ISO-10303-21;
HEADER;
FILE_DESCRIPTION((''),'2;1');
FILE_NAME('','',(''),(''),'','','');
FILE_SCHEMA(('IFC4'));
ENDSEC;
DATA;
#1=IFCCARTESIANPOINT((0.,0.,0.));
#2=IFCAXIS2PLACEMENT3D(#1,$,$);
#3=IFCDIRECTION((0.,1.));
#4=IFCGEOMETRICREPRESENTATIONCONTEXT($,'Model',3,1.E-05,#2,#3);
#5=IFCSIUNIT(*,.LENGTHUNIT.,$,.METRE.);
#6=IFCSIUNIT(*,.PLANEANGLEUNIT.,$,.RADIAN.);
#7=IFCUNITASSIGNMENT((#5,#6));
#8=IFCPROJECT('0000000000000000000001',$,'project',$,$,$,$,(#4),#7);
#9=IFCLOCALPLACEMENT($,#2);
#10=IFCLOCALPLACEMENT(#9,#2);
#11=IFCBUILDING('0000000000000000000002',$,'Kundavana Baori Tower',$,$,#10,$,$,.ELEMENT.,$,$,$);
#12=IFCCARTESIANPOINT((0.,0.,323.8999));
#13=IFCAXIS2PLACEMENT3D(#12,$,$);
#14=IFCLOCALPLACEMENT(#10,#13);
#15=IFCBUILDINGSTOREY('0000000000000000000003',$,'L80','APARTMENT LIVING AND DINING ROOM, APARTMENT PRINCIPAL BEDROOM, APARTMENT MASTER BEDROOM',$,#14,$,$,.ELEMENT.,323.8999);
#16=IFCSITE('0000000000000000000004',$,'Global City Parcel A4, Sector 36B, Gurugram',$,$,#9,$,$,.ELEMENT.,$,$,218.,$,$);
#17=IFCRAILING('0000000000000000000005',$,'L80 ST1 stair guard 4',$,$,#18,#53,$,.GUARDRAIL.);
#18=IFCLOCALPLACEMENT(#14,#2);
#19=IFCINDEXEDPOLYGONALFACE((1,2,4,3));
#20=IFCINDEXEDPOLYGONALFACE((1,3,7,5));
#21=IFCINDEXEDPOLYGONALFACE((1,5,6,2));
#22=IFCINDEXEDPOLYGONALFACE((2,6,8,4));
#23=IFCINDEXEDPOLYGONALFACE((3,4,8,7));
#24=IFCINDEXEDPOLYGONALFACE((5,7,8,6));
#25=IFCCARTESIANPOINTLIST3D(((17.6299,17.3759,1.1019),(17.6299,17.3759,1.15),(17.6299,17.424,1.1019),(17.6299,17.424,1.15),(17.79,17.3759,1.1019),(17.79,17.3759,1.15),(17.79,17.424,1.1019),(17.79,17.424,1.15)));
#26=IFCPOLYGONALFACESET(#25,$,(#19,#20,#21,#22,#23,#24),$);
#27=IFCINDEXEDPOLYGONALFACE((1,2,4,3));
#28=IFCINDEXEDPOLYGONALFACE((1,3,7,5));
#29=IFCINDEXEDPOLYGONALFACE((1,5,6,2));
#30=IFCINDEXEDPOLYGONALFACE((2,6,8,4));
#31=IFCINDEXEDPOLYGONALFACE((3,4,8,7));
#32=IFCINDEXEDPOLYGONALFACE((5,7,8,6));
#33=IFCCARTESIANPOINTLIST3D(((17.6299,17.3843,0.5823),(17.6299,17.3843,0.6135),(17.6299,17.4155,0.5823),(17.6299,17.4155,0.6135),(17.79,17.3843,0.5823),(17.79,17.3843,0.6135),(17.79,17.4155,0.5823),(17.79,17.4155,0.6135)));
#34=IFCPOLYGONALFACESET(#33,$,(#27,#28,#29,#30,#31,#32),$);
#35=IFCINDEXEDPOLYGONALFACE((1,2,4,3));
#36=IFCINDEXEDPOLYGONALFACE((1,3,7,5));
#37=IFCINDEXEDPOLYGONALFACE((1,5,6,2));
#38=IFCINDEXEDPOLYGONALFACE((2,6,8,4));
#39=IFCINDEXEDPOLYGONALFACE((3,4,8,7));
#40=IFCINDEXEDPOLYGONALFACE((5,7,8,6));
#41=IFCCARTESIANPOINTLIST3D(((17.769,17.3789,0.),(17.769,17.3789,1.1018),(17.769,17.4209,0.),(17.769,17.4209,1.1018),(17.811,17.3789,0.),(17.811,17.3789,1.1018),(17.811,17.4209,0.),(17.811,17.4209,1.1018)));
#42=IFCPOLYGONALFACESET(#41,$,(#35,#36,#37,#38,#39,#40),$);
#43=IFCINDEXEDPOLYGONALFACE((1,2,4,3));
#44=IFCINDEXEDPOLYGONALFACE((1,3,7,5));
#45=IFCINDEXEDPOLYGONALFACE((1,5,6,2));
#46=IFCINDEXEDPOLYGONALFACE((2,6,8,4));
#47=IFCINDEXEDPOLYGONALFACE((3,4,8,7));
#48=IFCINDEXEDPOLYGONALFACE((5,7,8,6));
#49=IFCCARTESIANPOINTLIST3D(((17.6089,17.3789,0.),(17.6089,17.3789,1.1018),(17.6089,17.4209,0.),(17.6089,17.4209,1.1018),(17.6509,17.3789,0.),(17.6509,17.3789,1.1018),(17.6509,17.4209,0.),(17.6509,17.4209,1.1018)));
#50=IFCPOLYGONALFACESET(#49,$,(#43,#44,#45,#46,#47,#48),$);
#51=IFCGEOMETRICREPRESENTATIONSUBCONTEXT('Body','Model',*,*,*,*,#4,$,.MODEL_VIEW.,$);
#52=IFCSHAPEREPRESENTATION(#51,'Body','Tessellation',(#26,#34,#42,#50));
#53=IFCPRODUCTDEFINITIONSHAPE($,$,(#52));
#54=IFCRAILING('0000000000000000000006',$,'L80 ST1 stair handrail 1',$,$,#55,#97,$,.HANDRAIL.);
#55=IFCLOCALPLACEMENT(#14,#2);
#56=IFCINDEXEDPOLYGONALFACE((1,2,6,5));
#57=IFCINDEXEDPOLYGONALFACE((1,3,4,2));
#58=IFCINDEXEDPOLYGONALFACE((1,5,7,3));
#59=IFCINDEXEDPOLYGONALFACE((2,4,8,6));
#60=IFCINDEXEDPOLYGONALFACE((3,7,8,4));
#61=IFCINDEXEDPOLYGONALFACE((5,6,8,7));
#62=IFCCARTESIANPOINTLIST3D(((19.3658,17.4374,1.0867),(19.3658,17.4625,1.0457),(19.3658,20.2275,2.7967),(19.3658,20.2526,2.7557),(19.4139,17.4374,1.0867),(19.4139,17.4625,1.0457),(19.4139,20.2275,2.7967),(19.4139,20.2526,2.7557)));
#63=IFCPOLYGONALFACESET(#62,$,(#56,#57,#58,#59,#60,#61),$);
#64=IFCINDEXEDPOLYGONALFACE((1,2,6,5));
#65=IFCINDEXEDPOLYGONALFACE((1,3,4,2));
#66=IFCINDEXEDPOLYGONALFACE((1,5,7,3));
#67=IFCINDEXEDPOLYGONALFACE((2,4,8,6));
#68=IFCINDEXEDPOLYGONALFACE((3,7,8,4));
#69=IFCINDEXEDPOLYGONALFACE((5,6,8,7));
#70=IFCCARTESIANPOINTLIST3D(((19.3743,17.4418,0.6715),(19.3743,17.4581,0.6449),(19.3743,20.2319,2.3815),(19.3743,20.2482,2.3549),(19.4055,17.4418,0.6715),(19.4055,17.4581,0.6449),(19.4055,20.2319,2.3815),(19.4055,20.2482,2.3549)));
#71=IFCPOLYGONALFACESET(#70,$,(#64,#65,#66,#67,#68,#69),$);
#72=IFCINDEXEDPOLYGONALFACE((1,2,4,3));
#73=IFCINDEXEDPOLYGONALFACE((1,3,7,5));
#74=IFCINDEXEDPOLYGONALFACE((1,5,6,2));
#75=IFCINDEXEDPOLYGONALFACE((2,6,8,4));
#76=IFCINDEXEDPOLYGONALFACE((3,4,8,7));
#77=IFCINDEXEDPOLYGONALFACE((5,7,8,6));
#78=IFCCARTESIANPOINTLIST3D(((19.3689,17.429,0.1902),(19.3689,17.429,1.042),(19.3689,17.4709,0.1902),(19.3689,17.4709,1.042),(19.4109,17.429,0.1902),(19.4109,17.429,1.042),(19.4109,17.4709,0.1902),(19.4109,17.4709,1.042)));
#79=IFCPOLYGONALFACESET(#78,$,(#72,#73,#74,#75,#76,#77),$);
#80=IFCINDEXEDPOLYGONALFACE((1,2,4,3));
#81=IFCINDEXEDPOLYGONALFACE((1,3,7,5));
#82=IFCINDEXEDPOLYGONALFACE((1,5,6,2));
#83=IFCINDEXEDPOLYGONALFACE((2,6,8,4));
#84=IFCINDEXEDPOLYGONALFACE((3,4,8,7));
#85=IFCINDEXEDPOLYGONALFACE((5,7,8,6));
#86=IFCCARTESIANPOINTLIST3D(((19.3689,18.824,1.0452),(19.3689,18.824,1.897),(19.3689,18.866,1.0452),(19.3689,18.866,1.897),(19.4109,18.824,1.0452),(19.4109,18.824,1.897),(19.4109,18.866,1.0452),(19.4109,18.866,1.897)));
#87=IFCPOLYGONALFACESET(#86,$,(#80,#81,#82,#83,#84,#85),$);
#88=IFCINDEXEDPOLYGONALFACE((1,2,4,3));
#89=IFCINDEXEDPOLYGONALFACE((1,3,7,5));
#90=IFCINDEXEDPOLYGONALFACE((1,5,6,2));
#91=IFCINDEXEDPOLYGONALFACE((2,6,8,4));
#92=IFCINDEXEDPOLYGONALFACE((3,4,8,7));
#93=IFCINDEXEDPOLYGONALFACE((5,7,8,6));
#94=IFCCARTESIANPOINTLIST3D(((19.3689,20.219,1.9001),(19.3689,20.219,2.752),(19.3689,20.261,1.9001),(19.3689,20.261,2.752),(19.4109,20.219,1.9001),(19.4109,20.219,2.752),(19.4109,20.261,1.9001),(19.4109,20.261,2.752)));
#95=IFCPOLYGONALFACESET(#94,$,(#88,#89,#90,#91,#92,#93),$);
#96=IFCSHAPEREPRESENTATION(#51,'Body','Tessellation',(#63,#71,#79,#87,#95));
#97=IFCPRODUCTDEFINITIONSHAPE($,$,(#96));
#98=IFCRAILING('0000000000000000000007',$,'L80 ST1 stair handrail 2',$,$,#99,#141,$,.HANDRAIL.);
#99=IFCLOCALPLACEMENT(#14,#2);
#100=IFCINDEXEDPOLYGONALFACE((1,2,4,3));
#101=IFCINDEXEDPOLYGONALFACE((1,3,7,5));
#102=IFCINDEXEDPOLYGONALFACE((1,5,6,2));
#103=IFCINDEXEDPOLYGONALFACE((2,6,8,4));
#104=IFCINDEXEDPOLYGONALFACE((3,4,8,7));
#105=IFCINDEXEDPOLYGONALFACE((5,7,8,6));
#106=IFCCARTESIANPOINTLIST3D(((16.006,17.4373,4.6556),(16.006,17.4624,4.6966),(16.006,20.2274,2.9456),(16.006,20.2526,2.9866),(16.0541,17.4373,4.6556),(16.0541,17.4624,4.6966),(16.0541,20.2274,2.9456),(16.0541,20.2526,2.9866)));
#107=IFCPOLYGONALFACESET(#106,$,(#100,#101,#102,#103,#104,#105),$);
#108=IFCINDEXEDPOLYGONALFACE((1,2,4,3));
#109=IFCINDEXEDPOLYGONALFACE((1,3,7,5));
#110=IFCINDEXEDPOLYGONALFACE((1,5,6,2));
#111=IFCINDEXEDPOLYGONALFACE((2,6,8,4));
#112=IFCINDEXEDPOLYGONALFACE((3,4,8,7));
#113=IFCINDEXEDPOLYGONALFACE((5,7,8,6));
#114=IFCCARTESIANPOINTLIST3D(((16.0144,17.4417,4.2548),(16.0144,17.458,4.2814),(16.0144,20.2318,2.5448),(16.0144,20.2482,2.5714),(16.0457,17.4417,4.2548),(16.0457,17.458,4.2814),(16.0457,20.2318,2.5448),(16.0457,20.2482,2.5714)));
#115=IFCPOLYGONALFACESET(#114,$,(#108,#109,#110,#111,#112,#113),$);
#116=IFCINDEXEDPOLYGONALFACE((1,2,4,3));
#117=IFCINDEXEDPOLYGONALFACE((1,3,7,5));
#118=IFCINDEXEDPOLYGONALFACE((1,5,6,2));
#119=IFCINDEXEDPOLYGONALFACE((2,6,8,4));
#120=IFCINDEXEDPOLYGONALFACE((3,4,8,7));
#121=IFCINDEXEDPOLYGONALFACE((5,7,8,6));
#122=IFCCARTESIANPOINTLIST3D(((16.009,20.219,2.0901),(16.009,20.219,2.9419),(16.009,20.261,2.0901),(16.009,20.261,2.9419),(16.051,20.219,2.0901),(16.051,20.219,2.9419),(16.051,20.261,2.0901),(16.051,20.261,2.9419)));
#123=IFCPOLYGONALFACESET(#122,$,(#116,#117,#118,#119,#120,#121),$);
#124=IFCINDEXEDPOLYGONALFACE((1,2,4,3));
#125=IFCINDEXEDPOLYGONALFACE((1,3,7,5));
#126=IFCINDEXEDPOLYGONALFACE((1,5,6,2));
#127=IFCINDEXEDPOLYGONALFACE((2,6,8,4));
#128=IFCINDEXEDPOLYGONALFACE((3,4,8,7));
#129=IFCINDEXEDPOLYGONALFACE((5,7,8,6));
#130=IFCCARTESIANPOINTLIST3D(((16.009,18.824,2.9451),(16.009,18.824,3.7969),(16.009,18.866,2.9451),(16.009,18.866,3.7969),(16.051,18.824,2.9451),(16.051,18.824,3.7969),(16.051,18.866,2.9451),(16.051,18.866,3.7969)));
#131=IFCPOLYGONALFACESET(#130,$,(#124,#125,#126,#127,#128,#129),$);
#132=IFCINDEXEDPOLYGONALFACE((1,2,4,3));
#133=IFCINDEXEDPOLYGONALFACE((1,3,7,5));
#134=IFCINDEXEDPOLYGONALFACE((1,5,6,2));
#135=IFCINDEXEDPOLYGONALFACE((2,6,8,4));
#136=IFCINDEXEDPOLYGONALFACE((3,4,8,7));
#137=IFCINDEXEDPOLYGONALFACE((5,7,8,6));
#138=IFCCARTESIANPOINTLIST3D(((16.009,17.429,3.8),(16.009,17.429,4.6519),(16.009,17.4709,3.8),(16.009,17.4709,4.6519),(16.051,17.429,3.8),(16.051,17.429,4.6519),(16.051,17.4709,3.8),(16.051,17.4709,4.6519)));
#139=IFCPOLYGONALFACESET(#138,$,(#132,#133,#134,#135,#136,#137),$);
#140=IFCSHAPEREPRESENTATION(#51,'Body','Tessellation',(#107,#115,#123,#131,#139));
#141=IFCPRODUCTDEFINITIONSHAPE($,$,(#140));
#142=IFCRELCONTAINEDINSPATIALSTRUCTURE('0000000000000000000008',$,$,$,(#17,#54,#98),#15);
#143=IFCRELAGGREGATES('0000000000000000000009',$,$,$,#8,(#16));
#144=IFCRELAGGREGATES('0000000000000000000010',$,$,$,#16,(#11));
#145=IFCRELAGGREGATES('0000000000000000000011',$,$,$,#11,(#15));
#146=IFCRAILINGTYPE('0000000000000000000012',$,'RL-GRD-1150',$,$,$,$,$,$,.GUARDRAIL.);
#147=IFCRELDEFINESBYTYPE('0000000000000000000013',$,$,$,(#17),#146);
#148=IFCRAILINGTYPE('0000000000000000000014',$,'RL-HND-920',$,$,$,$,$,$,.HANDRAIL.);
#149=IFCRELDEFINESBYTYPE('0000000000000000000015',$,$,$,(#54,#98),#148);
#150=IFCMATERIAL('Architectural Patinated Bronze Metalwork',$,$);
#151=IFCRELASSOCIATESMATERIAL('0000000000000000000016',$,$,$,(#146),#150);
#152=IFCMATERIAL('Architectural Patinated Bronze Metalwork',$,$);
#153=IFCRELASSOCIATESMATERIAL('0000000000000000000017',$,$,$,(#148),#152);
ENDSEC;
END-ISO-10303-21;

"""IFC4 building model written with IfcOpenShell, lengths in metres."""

from ifc_helpers import new_model, si_unit, direction, frame, origin, origin_2d, place, context, subcontext, project, spatial, rectangle, extrude, material, type_object, element, save


model = new_model("IFC4")

# Units and contexts
model_context = context("Model", 3, precision=1e-05, world=origin(), true_north=direction((0.0, 1.0)))
body_context = subcontext(model_context, "Body", "Model", "MODEL_VIEW")
ifc_project = project(units=[si_unit("LENGTHUNIT", "METRE"), si_unit("PLANEANGLEUNIT", "RADIAN")], contexts=[model_context])

# Site, building, storey
site_placement = place(None, origin())
site = spatial("IfcSite", under=ifc_project, at=site_placement, Name="Global City Parcel A4, Sector 36B, Gurugram", CompositionType="ELEMENT", RefElevation=218.0)
building_placement = place(site_placement, origin())
building = spatial("IfcBuilding", under=site, at=building_placement, Name="Kundavana Baori Tower", CompositionType="ELEMENT")
storey_placement = place(building_placement, frame((0.0, 0.0, 323.8999)))
storey = spatial("IfcBuildingStorey", under=building, at=storey_placement, Name="L80", Description="APARTMENT LIVING AND DINING ROOM, APARTMENT PRINCIPAL BEDROOM, APARTMENT MASTER BEDROOM", CompositionType="ELEMENT", Elevation=323.8999)

# Railings
ifc_material_1 = material(Name="Architectural Patinated Bronze Metalwork")
railing_type_1 = type_object("IfcRailingType", Name="RL-GRD-1150", PredefinedType="GUARDRAIL", material=ifc_material_1)
railing_1_placement = place(storey_placement, frame((17.79, 17.3999, 0.0)))
element("IfcRailing", 1, at=railing_1_placement, inside=storey, type_object=railing_type_1, Name="L80 ST1 stair guard 4", PredefinedType="GUARDRAIL", context=body_context, shape_type="SweptSolid", body=[
    extrude(rectangle(XDim=0.0481, YDim=0.0481, at=origin_2d()), frame((0.0, 0.0, 1.126), z_axis=(-1.0, 0.0, 0.0), x_axis=(0.0, -1.0, 0.0)), (0.0, 0.0, 1.0), 0.1602),
    extrude(rectangle(XDim=0.0312, YDim=0.0312, at=origin_2d()), frame((0.0, 0.0, 0.5979), z_axis=(-1.0, 0.0, 0.0), x_axis=(0.0, -1.0, 0.0)), (0.0, 0.0, 1.0), 0.1602),
    extrude(rectangle(XDim=0.042, YDim=0.042, at=origin_2d()), origin(), (0.0, 0.0, 1.0), 1.1018),
    extrude(rectangle(XDim=0.042, YDim=0.042, at=origin_2d()), frame((-0.1602, 0.0, 0.0)), (0.0, 0.0, 1.0), 1.1018),
])
ifc_material_2 = material(Name="Architectural Patinated Bronze Metalwork")
railing_type_2 = type_object("IfcRailingType", Name="RL-HND-920", PredefinedType="HANDRAIL", material=ifc_material_2)
railing_2_placement = place(storey_placement, frame((19.3899, 17.45, 0.1902)))
element("IfcRailing", 2, at=railing_2_placement, inside=storey, type_object=railing_type_2, Name="L80 ST1 stair handrail 1", PredefinedType="HANDRAIL", context=body_context, shape_type="SweptSolid", body=[
    extrude(rectangle(XDim=0.0481, YDim=0.0481, at=origin_2d()), frame((0.0, 0.0, 0.876), z_axis=(0.0, 0.85261, 0.522548), x_axis=(-1.0, 0.0, 0.0)), (0.0, 0.0, 1.0), 3.2725),
    extrude(rectangle(XDim=0.0312, YDim=0.0312, at=origin_2d()), frame((0.0, 0.0, 0.468), z_axis=(0.0, 0.85261, 0.522548), x_axis=(-1.0, 0.0, 0.0)), (0.0, 0.0, 1.0), 3.2725),
    extrude(rectangle(XDim=0.042, YDim=0.042, at=origin_2d()), origin(), (0.0, 0.0, 1.0), 0.8518),
    extrude(rectangle(XDim=0.042, YDim=0.042, at=origin_2d()), frame((0.0, 1.395, 0.855)), (0.0, 0.0, 1.0), 0.8518),
    extrude(rectangle(XDim=0.042, YDim=0.042, at=origin_2d()), frame((0.0, 2.79, 1.71)), (0.0, 0.0, 1.0), 0.8518),
])
railing_3_placement = place(storey_placement, frame((16.03, 20.24, 2.0901)))
element("IfcRailing", 3, at=railing_3_placement, inside=storey, type_object=railing_type_2, Name="L80 ST1 stair handrail 2", PredefinedType="HANDRAIL", context=body_context, shape_type="SweptSolid", body=[
    extrude(rectangle(XDim=0.0481, YDim=0.0481, at=origin_2d()), frame((0.0, 0.0, 0.876), z_axis=(0.0, -0.85261, 0.522548), x_axis=(1.0, 0.0, 0.0)), (0.0, 0.0, 1.0), 3.2725),
    extrude(rectangle(XDim=0.0312, YDim=0.0312, at=origin_2d()), frame((0.0, 0.0, 0.468), z_axis=(0.0, -0.85261, 0.522548), x_axis=(1.0, 0.0, 0.0)), (0.0, 0.0, 1.0), 3.2725),
    extrude(rectangle(XDim=0.042, YDim=0.042, at=origin_2d()), origin(), (0.0, 0.0, 1.0), 0.8518),
    extrude(rectangle(XDim=0.042, YDim=0.042, at=origin_2d()), frame((0.0, -1.395, 0.855)), (0.0, 0.0, 1.0), 0.8518),
    extrude(rectangle(XDim=0.042, YDim=0.042, at=origin_2d()), frame((0.0, -2.79, 1.71)), (0.0, 0.0, 1.0), 0.8518),
])

save(model, "model.ifc")
